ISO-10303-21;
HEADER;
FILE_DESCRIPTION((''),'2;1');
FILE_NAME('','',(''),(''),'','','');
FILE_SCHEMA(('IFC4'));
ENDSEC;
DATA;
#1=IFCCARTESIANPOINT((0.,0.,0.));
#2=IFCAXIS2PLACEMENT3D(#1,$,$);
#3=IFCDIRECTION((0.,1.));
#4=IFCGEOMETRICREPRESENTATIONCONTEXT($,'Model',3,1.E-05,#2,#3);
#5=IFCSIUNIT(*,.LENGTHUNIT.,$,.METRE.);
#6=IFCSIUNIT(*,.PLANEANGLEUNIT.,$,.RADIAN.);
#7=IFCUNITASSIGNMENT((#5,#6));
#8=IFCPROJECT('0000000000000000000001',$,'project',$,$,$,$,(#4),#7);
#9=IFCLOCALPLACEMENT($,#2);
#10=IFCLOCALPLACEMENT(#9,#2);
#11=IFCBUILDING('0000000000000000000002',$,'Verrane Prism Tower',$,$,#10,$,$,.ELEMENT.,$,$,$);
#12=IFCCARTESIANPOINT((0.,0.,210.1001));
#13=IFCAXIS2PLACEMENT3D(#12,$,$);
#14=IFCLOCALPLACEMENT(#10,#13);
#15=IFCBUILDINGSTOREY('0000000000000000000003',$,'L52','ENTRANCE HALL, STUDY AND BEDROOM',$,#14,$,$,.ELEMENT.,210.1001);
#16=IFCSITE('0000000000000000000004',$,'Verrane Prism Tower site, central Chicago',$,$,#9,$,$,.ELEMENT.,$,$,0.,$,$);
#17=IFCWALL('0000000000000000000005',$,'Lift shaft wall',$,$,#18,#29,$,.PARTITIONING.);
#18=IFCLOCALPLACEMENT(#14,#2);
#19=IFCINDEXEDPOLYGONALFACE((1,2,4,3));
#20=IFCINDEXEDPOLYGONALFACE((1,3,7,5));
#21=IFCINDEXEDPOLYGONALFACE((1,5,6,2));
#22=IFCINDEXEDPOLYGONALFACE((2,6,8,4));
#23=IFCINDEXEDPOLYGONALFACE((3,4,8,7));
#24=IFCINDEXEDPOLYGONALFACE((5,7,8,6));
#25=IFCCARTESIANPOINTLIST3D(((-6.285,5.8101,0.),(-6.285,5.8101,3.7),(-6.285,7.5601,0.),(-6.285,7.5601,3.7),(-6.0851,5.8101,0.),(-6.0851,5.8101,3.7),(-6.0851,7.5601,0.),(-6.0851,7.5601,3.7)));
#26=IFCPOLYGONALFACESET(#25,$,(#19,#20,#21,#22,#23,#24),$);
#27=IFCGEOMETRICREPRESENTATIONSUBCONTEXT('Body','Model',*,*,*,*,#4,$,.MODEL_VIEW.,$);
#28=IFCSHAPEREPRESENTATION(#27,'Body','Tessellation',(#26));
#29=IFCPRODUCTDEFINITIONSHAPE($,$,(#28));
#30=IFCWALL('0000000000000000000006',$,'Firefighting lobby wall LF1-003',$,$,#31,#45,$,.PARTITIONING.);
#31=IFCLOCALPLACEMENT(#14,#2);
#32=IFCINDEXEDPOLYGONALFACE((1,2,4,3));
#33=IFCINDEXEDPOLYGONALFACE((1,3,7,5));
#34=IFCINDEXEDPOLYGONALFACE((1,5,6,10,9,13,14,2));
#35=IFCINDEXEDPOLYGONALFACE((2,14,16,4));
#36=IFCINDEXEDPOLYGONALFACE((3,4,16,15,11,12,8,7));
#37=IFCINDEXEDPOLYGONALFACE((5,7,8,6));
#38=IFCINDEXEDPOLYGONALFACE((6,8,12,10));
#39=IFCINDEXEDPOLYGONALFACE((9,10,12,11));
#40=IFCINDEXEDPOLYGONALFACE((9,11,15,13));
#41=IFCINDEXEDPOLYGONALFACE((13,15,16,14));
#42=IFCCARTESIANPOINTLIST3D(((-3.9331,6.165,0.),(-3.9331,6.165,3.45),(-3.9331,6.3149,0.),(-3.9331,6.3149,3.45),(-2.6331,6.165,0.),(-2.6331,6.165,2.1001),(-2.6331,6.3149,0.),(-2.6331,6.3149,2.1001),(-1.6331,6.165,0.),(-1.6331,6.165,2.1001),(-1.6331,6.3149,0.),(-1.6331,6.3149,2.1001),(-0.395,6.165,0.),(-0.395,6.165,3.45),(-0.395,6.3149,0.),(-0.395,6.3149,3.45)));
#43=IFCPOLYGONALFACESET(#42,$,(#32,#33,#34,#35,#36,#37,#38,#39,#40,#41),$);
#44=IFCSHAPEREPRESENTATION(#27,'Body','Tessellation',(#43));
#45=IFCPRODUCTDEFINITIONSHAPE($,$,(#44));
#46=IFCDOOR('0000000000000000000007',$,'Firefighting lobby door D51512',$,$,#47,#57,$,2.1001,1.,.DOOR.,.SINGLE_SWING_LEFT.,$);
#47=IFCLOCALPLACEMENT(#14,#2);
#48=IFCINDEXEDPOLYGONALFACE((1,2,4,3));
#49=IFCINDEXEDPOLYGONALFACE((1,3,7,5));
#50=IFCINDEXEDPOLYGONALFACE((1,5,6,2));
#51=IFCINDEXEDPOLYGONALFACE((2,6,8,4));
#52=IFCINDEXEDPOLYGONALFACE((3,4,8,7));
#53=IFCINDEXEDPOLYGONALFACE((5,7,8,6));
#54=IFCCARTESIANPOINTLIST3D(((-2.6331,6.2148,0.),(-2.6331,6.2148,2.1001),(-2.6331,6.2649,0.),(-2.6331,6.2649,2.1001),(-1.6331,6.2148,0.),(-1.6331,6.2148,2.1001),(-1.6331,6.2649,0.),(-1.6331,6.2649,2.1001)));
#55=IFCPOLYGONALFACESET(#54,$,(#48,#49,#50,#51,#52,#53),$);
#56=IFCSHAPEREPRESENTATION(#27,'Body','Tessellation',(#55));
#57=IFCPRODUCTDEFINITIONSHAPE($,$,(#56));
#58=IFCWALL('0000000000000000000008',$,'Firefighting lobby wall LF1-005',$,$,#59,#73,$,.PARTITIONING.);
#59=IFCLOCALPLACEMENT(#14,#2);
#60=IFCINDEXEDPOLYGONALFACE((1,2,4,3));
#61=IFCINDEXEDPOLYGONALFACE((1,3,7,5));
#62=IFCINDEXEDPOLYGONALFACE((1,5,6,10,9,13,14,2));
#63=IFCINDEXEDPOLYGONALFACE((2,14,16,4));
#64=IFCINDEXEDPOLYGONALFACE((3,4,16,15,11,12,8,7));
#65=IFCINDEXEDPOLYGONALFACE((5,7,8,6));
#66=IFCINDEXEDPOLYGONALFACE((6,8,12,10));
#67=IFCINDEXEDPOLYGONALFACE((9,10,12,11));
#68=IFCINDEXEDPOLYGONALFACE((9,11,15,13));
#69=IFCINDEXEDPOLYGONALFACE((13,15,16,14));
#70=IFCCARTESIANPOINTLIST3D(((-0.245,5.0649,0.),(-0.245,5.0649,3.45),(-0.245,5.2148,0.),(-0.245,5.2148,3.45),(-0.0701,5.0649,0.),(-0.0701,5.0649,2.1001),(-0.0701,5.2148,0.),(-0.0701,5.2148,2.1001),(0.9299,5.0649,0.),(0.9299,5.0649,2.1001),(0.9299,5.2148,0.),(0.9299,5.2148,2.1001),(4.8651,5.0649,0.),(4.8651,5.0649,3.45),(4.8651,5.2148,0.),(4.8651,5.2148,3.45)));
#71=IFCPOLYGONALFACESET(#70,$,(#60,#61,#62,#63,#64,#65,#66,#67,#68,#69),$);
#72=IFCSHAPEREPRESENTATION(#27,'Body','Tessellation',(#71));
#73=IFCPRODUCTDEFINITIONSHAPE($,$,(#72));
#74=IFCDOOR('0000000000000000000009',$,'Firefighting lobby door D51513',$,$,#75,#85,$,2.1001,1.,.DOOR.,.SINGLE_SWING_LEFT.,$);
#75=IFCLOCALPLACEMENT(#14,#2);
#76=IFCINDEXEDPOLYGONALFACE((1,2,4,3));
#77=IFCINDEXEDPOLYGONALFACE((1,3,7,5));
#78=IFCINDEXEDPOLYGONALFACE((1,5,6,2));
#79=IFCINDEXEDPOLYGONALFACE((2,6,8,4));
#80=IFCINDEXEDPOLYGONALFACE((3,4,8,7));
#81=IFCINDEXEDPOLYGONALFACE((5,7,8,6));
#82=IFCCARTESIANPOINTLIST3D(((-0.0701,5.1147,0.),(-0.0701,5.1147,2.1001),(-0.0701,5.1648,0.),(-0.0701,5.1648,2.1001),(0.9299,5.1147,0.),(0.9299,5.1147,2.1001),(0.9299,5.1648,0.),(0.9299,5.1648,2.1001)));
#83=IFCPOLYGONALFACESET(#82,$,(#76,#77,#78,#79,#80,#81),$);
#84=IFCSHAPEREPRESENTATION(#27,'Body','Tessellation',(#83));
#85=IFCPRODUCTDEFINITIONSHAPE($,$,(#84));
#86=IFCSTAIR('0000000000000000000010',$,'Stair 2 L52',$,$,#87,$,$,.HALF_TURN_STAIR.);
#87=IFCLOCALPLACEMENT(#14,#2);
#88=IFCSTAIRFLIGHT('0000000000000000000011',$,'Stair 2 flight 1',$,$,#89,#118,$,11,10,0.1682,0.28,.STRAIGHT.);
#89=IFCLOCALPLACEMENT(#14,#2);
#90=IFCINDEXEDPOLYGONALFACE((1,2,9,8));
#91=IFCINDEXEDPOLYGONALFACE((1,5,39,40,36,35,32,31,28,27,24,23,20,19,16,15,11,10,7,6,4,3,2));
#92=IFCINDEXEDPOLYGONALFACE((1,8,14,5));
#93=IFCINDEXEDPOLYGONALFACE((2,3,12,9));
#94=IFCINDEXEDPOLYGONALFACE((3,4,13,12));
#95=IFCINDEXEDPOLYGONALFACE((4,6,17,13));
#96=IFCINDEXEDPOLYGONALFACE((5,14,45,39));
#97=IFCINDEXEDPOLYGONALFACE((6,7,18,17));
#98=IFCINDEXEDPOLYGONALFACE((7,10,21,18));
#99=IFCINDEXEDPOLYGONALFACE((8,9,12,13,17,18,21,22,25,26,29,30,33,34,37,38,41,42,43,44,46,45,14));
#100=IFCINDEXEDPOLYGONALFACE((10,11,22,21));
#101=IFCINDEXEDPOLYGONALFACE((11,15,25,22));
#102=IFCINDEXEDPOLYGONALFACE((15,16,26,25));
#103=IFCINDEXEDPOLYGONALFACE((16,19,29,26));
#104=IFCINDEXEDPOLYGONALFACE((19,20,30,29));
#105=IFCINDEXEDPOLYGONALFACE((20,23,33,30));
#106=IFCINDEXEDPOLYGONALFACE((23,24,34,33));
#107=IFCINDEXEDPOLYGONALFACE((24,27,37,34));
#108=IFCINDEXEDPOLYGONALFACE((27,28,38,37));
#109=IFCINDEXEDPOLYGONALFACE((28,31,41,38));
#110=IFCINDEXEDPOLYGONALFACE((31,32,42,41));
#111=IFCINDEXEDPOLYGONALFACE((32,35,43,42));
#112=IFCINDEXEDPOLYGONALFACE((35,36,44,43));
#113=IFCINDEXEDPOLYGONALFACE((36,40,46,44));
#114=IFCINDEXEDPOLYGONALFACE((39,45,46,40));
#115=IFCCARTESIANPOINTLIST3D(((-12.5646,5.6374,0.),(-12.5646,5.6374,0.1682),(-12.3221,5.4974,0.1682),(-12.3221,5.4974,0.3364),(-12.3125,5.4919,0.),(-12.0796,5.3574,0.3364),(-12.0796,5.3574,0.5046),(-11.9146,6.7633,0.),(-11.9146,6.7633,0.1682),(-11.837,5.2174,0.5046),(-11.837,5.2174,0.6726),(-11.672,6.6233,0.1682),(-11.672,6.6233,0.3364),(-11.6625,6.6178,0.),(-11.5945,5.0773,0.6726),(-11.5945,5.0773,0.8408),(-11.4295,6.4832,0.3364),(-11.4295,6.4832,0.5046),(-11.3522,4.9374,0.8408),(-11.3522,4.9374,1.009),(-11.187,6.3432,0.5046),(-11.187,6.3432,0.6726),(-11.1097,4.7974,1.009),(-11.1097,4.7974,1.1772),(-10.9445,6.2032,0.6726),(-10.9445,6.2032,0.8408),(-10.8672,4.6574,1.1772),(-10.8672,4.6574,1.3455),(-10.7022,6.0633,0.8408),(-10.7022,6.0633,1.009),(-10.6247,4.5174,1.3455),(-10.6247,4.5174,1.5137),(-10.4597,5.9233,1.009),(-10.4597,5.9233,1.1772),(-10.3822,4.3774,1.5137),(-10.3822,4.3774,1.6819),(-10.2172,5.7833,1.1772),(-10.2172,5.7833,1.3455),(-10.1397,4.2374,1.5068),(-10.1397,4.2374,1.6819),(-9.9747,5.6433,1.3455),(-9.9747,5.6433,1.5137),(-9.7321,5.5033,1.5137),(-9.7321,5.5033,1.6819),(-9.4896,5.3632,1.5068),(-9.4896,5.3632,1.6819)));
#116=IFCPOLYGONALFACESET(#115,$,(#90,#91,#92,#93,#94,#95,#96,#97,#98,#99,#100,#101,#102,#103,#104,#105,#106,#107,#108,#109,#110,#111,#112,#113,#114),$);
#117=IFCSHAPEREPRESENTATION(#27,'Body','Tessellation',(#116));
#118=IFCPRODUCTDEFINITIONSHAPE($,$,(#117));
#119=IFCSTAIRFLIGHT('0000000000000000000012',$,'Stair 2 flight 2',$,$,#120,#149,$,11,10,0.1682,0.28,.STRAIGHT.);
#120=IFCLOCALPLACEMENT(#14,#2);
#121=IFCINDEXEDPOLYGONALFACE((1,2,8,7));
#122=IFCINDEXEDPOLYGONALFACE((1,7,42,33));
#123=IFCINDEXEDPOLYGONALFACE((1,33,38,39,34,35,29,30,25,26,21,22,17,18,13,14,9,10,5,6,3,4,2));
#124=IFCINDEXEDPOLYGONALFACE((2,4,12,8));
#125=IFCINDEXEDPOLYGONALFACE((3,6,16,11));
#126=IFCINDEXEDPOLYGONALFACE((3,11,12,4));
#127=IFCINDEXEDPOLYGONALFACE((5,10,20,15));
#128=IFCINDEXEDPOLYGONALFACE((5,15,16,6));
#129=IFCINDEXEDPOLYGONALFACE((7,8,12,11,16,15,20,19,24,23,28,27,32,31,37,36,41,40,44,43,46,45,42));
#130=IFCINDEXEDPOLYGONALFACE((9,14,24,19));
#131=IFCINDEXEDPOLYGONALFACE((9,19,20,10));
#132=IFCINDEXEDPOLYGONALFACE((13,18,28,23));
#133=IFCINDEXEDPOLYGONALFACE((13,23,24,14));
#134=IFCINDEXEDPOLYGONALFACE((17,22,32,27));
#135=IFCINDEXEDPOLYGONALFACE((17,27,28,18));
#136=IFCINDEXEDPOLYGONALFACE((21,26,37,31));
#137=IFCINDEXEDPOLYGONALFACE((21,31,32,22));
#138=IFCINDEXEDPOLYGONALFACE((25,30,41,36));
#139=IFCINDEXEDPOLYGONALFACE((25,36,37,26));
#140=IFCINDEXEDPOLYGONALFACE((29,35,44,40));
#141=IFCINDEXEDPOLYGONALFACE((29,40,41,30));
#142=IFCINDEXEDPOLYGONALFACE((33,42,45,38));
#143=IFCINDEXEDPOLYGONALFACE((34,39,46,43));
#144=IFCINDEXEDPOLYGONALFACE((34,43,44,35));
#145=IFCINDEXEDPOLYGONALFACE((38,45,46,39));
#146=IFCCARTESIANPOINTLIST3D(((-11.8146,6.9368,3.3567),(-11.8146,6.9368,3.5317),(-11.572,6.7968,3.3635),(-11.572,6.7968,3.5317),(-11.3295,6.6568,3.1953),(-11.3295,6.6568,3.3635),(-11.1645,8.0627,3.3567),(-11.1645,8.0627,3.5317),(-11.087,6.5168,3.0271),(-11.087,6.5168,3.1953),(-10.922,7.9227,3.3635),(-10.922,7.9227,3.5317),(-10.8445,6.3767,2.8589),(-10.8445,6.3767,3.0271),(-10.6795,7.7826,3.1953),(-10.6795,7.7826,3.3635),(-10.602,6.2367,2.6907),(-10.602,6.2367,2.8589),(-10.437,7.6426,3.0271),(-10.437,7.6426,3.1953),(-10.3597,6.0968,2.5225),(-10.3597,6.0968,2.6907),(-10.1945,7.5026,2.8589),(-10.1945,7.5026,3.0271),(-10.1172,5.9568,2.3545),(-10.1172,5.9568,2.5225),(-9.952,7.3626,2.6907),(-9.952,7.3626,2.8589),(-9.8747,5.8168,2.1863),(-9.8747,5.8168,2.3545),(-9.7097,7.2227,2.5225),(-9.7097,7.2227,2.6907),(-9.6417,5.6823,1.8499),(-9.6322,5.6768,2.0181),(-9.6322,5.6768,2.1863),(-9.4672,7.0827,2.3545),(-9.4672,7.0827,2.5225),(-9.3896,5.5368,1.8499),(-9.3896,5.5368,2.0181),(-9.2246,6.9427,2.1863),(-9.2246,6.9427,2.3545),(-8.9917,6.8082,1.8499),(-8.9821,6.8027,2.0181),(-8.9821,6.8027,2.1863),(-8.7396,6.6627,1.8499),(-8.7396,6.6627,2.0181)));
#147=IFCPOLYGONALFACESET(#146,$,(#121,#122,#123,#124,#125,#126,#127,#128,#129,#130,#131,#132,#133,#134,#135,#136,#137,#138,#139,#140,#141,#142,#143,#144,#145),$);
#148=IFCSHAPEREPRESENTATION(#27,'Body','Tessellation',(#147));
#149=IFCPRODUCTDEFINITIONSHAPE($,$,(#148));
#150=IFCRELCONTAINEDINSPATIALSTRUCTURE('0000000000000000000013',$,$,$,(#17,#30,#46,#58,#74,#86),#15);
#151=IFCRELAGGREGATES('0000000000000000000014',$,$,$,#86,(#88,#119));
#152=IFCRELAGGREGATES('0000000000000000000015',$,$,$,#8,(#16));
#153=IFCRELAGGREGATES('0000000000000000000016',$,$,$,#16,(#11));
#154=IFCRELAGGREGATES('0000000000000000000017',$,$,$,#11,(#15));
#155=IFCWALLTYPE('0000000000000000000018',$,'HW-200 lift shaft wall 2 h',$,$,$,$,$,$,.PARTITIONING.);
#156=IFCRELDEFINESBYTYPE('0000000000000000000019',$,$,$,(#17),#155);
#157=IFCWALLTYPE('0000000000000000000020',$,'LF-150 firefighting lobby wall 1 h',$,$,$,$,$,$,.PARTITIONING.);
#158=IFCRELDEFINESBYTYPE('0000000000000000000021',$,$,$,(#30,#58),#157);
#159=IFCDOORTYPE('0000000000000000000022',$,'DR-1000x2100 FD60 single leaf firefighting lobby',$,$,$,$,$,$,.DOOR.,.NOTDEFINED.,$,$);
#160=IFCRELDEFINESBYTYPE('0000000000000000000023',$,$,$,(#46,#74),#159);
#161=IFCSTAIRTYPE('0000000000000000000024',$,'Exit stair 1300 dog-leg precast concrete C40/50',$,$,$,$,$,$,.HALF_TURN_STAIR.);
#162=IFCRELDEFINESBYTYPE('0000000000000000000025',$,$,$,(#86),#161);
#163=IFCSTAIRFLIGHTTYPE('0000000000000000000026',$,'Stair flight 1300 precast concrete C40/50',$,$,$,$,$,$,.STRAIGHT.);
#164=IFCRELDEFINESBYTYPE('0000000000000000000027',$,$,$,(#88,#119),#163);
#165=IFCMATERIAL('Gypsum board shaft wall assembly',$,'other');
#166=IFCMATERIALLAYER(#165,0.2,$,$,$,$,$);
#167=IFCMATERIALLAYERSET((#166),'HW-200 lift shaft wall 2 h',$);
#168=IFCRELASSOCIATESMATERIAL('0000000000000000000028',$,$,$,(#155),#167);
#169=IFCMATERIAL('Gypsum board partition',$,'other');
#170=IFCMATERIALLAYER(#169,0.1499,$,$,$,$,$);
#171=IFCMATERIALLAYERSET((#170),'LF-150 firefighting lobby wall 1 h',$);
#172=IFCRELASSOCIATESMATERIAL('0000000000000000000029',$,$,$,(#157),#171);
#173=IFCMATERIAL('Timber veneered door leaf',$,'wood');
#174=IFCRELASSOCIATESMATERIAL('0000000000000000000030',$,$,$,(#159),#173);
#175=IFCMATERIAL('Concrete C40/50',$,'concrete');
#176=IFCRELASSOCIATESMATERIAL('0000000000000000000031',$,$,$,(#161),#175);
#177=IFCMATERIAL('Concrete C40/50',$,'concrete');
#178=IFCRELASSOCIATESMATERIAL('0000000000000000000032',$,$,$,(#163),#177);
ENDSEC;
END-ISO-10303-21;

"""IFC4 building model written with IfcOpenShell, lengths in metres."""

from ifc_helpers import new_model, si_unit, direction, frame, frame_2d, origin, place, context, subcontext, project, spatial, polyline, rectangle, outline, extrude, material, layer, layer_set, type_object, element, fill, aggregate, save


model = new_model("IFC4")

# Units and contexts
model_context = context("Model", 3, precision=1e-05, world=origin(), true_north=direction((0.0, 1.0)))
body_context = subcontext(model_context, "Body", "Model", "MODEL_VIEW")
ifc_project = project(units=[si_unit("LENGTHUNIT", "METRE"), si_unit("PLANEANGLEUNIT", "RADIAN")], contexts=[model_context])

# Site, building, storey
site_placement = place(None, origin())
site = spatial("IfcSite", under=ifc_project, at=site_placement, Name="Verrane Prism Tower site, central Chicago", CompositionType="ELEMENT", RefElevation=0.0)
building_placement = place(site_placement, origin())
building = spatial("IfcBuilding", under=site, at=building_placement, Name="Verrane Prism Tower", CompositionType="ELEMENT")
storey_placement = place(building_placement, frame((0.0, 0.0, 210.1001)))
storey = spatial("IfcBuildingStorey", under=building, at=storey_placement, Name="L52", Description="ENTRANCE HALL, STUDY AND BEDROOM", CompositionType="ELEMENT", Elevation=210.1001)

# Wall
ifc_material_1 = material(Name="Gypsum board shaft wall assembly", Category="other")
ifc_layer_1 = layer(ifc_material_1, 0.2)
ifc_layer_set_1 = layer_set([ifc_layer_1], Name="HW-200 lift shaft wall 2 h")
wall_type_1 = type_object("IfcWallType", Name="HW-200 lift shaft wall 2 h", PredefinedType="PARTITIONING", material=ifc_layer_set_1)
for number, where, z_axis, x_axis, name in (
    (1, (-6.1851, 5.8101, 0.0), (0.0, 0.0, 1.0), (0.0, 1.0, 0.0), "Lift shaft wall"),
):
    element("IfcWall", number, at=place(storey_placement, frame(where, z_axis=z_axis, x_axis=x_axis)), inside=storey, type_object=wall_type_1, Name=name, PredefinedType="PARTITIONING", context=body_context, shape_type="SweptSolid", body=[
        extrude(rectangle(XDim=1.75, YDim=0.2, at=frame_2d((0.875, 0.0))), origin(), (0.0, 0.0, 1.0), 3.7),
    ])

# Walls, openings, doors
ifc_material_2 = material(Name="Gypsum board partition", Category="other")
ifc_layer_2 = layer(ifc_material_2, 0.1499)
ifc_layer_set_2 = layer_set([ifc_layer_2], Name="LF-150 firefighting lobby wall 1 h")
wall_type_2 = type_object("IfcWallType", Name="LF-150 firefighting lobby wall 1 h", PredefinedType="PARTITIONING", material=ifc_layer_set_2)
wall_1_placement = place(storey_placement, frame((-3.9331, 6.24, 0.0), z_axis=(0.0, 0.0, 1.0), x_axis=(1.0, 0.0, 0.0)))
wall_1 = element("IfcWall", 2, at=wall_1_placement, inside=storey, type_object=wall_type_2, Name="Firefighting lobby wall LF1-003", PredefinedType="PARTITIONING", context=body_context, shape_type="SweptSolid", body=[
    extrude(rectangle(XDim=3.5381, YDim=0.1499, at=frame_2d((1.769, 0.0))), origin(), (0.0, 0.0, 1.0), 3.45),
])
opening_1_placement = place(wall_1_placement, frame((1.3, 0.0, 0.0)))
opening_1 = element("IfcOpeningElement", 3, at=opening_1_placement, cuts=wall_1, PredefinedType="OPENING", context=body_context, shape_type="SweptSolid", body=[
    extrude(rectangle(XDim=1.0, YDim=2.1001, at=frame_2d((0.5, 1.05))), frame((0.0, 0.085, 0.0), z_axis=(0.0, -1.0, 0.0), x_axis=(1.0, 0.0, 0.0)), (0.0, 0.0, 1.0), 0.1699),
])
ifc_material_3 = material(Name="Timber veneered door leaf", Category="wood")
door_type_1 = type_object("IfcDoorType", Name="DR-1000x2100 FD60 single leaf firefighting lobby", OperationType="NOTDEFINED", PredefinedType="DOOR", material=ifc_material_3)
door_1_placement = place(opening_1_placement, origin())
door_1 = element("IfcDoor", 4, at=door_1_placement, inside=storey, type_object=door_type_1, Name="Firefighting lobby door D51512", OperationType="SINGLE_SWING_LEFT", OverallHeight=2.1001, OverallWidth=1.0, PredefinedType="DOOR", context=body_context, shape_type="SweptSolid", body=[
    extrude(rectangle(XDim=1.0, YDim=2.1001, at=frame_2d((0.5, 1.05))), frame((0.0, 0.0249, 0.0), z_axis=(0.0, -1.0, 0.0), x_axis=(1.0, 0.0, 0.0)), (0.0, 0.0, 1.0), 0.05),
])
fill(opening_1, door_1)
wall_2_placement = place(storey_placement, frame((-0.2451, 5.1399, 0.0), z_axis=(0.0, 0.0, 1.0), x_axis=(1.0, 0.0, 0.0)))
wall_2 = element("IfcWall", 5, at=wall_2_placement, inside=storey, type_object=wall_type_2, Name="Firefighting lobby wall LF1-005", PredefinedType="PARTITIONING", context=body_context, shape_type="SweptSolid", body=[
    extrude(rectangle(XDim=5.1101, YDim=0.1499, at=frame_2d((2.5552, 0.0))), origin(), (0.0, 0.0, 1.0), 3.45),
])
opening_2_placement = place(wall_2_placement, frame((0.175, 0.0, 0.0)))
opening_2 = element("IfcOpeningElement", 6, at=opening_2_placement, cuts=wall_2, PredefinedType="OPENING", context=body_context, shape_type="SweptSolid", body=[
    extrude(rectangle(XDim=1.0, YDim=2.1001, at=frame_2d((0.5, 1.05))), frame((0.0, 0.085, 0.0), z_axis=(0.0, -1.0, 0.0), x_axis=(1.0, 0.0, 0.0)), (0.0, 0.0, 1.0), 0.1699),
])
door_2_placement = place(opening_2_placement, origin())
door_2 = element("IfcDoor", 7, at=door_2_placement, inside=storey, type_object=door_type_1, Name="Firefighting lobby door D51513", OperationType="SINGLE_SWING_LEFT", OverallHeight=2.1001, OverallWidth=1.0, PredefinedType="DOOR", context=body_context, shape_type="SweptSolid", body=[
    extrude(rectangle(XDim=1.0, YDim=2.1001, at=frame_2d((0.5, 1.05))), frame((0.0, 0.0249, 0.0), z_axis=(0.0, -1.0, 0.0), x_axis=(1.0, 0.0, 0.0)), (0.0, 0.0, 1.0), 0.05),
])
fill(opening_2, door_2)

# Stair, stair flights
ifc_material_4 = material(Name="Concrete C40/50", Category="concrete")
stair_type = type_object("IfcStairType", Name="Exit stair 1300 dog-leg precast concrete C40/50", PredefinedType="HALF_TURN_STAIR", material=ifc_material_4)
stair_placement = place(storey_placement, origin())
stair = element("IfcStair", 8, at=stair_placement, inside=storey, type_object=stair_type, Name="Stair 2 L52", PredefinedType="HALF_TURN_STAIR")
ifc_material_5 = material(Name="Concrete C40/50", Category="concrete")
stair_flight_type = type_object("IfcStairFlightType", Name="Stair flight 1300 precast concrete C40/50", PredefinedType="STRAIGHT", material=ifc_material_5)
stair_flight_1_placement = place(storey_placement, frame((-12.2395, 6.2004, 0.0), z_axis=(0.0, 0.0, 1.0), x_axis=(0.866025, -0.5, 0.0)))
stair_flight_1 = element("IfcStairFlight", 9, at=stair_flight_1_placement, type_object=stair_flight_type, Name="Stair 2 flight 1", NumberOfRisers=11, NumberOfTreads=10, PredefinedType="STRAIGHT", RiserHeight=0.1682, TreadLength=0.28, context=body_context, shape_type="SweptSolid", body=[
    extrude(outline(polyline([(0.0, 0.0), (0.0, 0.1682), (0.28, 0.1682), (0.28, 0.3364), (0.5601, 0.3364), (0.5601, 0.5046), (0.8401, 0.5046), (0.8401, 0.6726), (1.1201, 0.6726), (1.1201, 0.8408), (1.3999, 0.8408), (1.3999, 1.009), (1.6799, 1.009), (1.6799, 1.1772), (1.96, 1.1772), (1.96, 1.3455), (2.24, 1.3455), (2.24, 1.5137), (2.52, 1.5137), (2.52, 1.6819), (2.8, 1.6819), (2.8, 1.8501), (2.8, 1.5068), (0.291, 0.0), (0.0, 0.0)])), frame((0.0, 0.6499, 0.0), z_axis=(0.0, -1.0, 0.0), x_axis=(1.0, 0.0, 0.0)), (0.0, 0.0, 1.0), 1.3),
])
stair_flight_2_placement = place(storey_placement, frame((-9.0647, 6.0996, 1.8499), z_axis=(0.0, 0.0, 1.0), x_axis=(-0.866025, 0.5, 0.0)))
stair_flight_2 = element("IfcStairFlight", 10, at=stair_flight_2_placement, type_object=stair_flight_type, Name="Stair 2 flight 2", NumberOfRisers=11, NumberOfTreads=10, PredefinedType="STRAIGHT", RiserHeight=0.1682, TreadLength=0.28, context=body_context, shape_type="SweptSolid", body=[
    extrude(outline(polyline([(0.0, 0.0), (0.0, 0.1682), (0.28, 0.1682), (0.28, 0.3364), (0.5601, 0.3364), (0.5601, 0.5046), (0.8401, 0.5046), (0.8401, 0.6726), (1.1201, 0.6726), (1.1201, 0.8408), (1.3999, 0.8408), (1.3999, 1.009), (1.6799, 1.009), (1.6799, 1.1772), (1.96, 1.1772), (1.96, 1.3455), (2.24, 1.3455), (2.24, 1.5137), (2.52, 1.5137), (2.52, 1.6819), (2.8, 1.6819), (2.8, 1.8501), (2.8, 1.5068), (0.291, 0.0), (0.0, 0.0)])), frame((0.0, 0.6499, 0.0), z_axis=(0.0, -1.0, 0.0), x_axis=(1.0, 0.0, 0.0)), (0.0, 0.0, 1.0), 1.3),
])
aggregate(stair, [stair_flight_1, stair_flight_2])

save(model, "model.ifc")
